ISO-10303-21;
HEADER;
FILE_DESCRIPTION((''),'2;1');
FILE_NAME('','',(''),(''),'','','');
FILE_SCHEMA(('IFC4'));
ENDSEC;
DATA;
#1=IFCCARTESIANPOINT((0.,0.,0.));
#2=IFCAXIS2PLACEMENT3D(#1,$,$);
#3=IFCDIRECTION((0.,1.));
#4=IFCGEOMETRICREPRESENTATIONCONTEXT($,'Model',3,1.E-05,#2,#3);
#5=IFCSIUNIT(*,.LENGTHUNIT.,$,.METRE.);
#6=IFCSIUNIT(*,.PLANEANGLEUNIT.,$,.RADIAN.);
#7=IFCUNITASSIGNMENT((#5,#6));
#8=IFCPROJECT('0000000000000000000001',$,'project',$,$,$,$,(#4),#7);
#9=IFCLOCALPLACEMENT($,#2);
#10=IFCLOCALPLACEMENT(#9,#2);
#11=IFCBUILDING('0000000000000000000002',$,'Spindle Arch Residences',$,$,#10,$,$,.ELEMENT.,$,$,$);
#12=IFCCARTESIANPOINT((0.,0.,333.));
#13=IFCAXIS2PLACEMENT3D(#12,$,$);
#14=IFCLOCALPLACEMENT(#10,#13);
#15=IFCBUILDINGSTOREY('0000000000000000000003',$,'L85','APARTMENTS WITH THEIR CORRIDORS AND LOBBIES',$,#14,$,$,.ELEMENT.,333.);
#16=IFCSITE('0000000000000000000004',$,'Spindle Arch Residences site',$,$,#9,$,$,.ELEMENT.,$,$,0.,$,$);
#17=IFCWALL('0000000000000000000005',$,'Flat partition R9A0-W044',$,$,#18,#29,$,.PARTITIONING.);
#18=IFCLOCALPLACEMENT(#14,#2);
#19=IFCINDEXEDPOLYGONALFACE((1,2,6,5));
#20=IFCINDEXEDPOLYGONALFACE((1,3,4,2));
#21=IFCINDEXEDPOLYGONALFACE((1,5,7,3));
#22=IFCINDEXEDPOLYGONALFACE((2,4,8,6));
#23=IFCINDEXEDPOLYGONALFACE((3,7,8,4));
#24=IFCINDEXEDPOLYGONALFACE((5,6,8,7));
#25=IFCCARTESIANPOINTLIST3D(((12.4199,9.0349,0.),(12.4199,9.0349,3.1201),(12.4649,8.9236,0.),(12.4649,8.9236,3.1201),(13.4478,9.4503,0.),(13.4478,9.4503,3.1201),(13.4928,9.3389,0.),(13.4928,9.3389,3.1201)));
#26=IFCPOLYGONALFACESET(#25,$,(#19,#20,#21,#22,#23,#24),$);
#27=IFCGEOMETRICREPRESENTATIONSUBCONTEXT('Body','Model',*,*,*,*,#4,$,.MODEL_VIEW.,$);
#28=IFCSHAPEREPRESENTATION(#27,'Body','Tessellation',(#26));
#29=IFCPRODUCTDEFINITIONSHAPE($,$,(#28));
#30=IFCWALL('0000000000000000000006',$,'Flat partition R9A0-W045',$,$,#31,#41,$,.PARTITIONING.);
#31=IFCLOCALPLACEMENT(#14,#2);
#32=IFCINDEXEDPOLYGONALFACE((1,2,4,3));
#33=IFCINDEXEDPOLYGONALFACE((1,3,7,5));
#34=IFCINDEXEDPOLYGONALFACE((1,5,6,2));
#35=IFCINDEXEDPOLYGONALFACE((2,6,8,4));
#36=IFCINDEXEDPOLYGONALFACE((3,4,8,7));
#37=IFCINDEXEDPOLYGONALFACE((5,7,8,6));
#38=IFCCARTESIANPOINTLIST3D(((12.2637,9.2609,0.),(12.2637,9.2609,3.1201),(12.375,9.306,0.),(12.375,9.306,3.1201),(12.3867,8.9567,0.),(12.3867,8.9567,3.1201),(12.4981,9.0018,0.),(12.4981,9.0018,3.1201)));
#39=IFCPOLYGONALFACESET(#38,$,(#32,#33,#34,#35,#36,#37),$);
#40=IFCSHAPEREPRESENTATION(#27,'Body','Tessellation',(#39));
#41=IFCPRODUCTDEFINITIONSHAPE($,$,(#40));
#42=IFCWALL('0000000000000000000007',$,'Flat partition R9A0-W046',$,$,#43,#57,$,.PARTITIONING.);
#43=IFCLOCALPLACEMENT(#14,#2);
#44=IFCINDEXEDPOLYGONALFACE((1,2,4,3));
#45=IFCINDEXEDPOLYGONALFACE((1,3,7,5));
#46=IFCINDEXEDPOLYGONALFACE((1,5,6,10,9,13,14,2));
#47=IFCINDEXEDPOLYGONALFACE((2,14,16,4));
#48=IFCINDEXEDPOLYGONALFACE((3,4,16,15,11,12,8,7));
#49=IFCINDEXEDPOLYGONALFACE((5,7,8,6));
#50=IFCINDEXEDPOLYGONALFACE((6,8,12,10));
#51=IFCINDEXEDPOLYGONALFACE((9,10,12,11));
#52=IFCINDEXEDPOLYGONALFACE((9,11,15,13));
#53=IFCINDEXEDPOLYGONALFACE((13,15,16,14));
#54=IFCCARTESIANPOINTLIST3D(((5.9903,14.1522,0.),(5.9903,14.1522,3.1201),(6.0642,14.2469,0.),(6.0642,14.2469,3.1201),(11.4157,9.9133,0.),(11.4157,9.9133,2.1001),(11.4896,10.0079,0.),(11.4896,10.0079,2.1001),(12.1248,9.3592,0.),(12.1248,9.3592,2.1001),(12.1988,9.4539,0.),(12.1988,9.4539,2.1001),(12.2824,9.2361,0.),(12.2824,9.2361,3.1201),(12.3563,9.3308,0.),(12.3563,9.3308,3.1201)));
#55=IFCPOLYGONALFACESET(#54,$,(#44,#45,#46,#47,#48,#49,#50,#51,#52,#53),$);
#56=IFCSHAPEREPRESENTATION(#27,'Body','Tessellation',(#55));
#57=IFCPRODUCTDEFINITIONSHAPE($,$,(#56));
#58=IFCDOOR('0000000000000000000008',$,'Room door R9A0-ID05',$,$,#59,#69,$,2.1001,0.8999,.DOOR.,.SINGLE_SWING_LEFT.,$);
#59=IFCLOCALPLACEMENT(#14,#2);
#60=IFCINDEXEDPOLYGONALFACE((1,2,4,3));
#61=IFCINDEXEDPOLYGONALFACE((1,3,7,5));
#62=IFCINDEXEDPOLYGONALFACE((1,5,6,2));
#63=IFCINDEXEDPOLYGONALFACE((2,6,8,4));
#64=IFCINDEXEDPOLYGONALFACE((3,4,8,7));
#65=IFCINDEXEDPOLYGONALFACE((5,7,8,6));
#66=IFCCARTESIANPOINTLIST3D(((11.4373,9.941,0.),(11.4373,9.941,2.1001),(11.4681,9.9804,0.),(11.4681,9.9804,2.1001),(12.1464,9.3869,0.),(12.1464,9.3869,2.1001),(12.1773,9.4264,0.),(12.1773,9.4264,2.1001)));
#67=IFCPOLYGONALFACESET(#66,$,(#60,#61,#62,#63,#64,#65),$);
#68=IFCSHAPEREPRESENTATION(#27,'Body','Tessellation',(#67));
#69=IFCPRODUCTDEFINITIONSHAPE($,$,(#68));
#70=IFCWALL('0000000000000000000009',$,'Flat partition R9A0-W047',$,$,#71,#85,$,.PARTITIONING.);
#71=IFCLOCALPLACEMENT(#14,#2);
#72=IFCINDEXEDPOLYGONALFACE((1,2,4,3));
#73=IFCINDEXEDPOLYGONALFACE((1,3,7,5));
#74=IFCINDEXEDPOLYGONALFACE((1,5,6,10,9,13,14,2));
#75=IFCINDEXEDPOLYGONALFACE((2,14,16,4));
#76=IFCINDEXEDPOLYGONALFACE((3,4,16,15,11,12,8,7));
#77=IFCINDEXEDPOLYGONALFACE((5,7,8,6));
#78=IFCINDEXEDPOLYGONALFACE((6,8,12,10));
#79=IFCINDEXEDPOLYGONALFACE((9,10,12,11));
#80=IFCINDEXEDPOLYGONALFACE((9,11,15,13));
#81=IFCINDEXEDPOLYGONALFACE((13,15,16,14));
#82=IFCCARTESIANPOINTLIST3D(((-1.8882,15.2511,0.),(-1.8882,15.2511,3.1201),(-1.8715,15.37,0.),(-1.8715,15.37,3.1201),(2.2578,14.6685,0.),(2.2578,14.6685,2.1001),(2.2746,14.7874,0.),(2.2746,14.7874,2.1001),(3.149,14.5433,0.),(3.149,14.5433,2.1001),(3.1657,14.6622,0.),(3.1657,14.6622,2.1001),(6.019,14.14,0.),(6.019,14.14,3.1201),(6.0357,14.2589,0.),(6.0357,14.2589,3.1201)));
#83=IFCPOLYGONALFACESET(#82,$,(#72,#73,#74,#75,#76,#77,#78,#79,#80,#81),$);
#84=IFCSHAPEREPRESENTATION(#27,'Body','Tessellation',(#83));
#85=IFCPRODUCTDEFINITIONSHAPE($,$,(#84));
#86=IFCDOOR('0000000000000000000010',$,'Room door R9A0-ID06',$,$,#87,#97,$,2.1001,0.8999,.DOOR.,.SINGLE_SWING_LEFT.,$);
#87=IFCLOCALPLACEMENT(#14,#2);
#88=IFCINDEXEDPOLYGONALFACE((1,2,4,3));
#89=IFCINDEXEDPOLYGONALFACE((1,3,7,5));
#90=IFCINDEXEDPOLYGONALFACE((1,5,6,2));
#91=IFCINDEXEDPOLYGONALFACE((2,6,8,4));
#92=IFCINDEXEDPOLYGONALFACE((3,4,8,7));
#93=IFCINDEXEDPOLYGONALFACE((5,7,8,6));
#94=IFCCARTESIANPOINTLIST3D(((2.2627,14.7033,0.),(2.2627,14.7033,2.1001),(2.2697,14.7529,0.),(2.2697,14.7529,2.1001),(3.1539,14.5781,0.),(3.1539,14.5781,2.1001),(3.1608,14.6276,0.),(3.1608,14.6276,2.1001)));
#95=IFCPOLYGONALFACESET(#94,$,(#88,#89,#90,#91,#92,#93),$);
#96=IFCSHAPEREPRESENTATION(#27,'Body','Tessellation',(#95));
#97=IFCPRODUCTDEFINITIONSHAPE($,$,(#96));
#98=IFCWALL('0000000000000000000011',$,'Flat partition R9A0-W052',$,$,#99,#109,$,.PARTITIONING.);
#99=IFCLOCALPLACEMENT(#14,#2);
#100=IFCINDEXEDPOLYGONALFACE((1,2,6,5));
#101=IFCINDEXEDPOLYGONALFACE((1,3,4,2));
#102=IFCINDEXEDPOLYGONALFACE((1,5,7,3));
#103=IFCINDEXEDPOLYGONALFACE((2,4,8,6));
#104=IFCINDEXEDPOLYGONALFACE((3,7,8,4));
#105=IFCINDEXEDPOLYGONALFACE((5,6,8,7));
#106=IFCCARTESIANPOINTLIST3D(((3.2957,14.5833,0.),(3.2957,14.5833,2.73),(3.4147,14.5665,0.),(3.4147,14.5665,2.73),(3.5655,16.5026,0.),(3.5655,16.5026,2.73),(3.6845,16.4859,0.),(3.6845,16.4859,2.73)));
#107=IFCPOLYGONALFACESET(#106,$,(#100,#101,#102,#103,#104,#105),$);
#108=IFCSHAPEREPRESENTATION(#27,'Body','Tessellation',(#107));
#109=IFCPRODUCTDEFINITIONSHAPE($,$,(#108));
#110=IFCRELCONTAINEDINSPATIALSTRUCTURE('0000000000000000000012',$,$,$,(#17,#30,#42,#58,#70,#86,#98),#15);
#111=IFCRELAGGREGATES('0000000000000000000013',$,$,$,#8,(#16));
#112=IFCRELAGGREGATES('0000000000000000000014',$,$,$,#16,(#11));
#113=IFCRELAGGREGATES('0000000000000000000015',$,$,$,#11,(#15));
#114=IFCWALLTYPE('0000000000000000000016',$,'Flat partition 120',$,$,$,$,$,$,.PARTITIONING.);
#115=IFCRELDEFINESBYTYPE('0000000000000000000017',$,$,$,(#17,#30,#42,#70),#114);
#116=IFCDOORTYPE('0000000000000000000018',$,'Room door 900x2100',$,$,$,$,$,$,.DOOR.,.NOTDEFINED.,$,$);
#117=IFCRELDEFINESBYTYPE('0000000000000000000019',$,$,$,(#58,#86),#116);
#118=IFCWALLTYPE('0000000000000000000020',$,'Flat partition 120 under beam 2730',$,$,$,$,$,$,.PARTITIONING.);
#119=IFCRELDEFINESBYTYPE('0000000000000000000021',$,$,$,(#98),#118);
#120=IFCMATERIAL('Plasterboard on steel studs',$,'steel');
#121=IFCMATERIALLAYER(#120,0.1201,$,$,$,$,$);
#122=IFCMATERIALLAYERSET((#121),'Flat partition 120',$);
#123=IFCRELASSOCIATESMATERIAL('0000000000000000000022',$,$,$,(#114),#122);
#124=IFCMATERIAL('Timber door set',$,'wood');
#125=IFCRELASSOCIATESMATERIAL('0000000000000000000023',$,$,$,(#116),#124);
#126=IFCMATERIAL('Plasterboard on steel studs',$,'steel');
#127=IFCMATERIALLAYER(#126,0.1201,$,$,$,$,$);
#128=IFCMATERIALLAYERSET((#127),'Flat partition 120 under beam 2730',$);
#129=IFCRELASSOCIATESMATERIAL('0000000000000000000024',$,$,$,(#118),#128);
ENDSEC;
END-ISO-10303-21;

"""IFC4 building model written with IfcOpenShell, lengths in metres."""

from ifc_helpers import new_model, si_unit, direction, frame, frame_2d, origin, place, context, subcontext, project, spatial, rectangle, extrude, material, layer, layer_set, type_object, element, fill, save


model = new_model("IFC4")

# Units and contexts
model_context = context("Model", 3, precision=1e-05, world=origin(), true_north=direction((0.0, 1.0)))
body_context = subcontext(model_context, "Body", "Model", "MODEL_VIEW")
ifc_project = project(units=[si_unit("LENGTHUNIT", "METRE"), si_unit("PLANEANGLEUNIT", "RADIAN")], contexts=[model_context])

# Site, building, storey
site_placement = place(None, origin())
site = spatial("IfcSite", under=ifc_project, at=site_placement, Name="Spindle Arch Residences site", CompositionType="ELEMENT", RefElevation=0.0)
building_placement = place(site_placement, origin())
building = spatial("IfcBuilding", under=site, at=building_placement, Name="Spindle Arch Residences", CompositionType="ELEMENT")
storey_placement = place(building_placement, frame((0.0, 0.0, 333.0)))
storey = spatial("IfcBuildingStorey", under=building, at=storey_placement, Name="L85", Description="APARTMENTS WITH THEIR CORRIDORS AND LOBBIES", CompositionType="ELEMENT", Elevation=333.0)

# Walls
ifc_material_1 = material(Name="Plasterboard on steel studs", Category="steel")
ifc_layer_1 = layer(ifc_material_1, 0.1201)
ifc_layer_set_1 = layer_set([ifc_layer_1], Name="Flat partition 120")
wall_type_1 = type_object("IfcWallType", Name="Flat partition 120", PredefinedType="PARTITIONING", material=ifc_layer_set_1)
wall_1_placement = place(storey_placement, frame((13.4702, 9.3945, 0.0), z_axis=(0.0, 0.0, 1.0), x_axis=(-0.92718, -0.374616, 0.0)))
element("IfcWall", 1, at=wall_1_placement, inside=storey, type_object=wall_type_1, Name="Flat partition R9A0-W044", PredefinedType="PARTITIONING", context=body_context, shape_type="SweptSolid", body=[
    extrude(rectangle(XDim=1.1086, YDim=0.1201, at=frame_2d((0.5542, 0.0))), origin(), (0.0, 0.0, 1.0), 3.1201),
])
wall_2_placement = place(storey_placement, frame((12.4424, 8.9792, 0.0), z_axis=(0.0, 0.0, 1.0), x_axis=(-0.37498, 0.927033, 0.0)))
element("IfcWall", 2, at=wall_2_placement, inside=storey, type_object=wall_type_1, Name="Flat partition R9A0-W045", PredefinedType="PARTITIONING", context=body_context, shape_type="SweptSolid", body=[
    extrude(rectangle(XDim=0.3281, YDim=0.1201, at=frame_2d((0.1641, 0.0))), origin(), (0.0, 0.0, 1.0), 3.1201),
])

# Walls, openings, doors
wall_3_placement = place(storey_placement, frame((12.3193, 9.2834, 0.0), z_axis=(0.0, 0.0, 1.0), x_axis=(-0.788, 0.615675, 0.0)))
wall_3 = element("IfcWall", 3, at=wall_3_placement, inside=storey, type_object=wall_type_1, Name="Flat partition R9A0-W046", PredefinedType="PARTITIONING", context=body_context, shape_type="SweptSolid", body=[
    extrude(rectangle(XDim=7.9849, YDim=0.1201, at=frame_2d((3.9924, 0.0))), origin(), (0.0, 0.0, 1.0), 3.1201),
])
opening_1_placement = place(wall_3_placement, frame((0.2, 0.0, 0.0)))
opening_1 = element("IfcOpeningElement", 4, at=opening_1_placement, cuts=wall_3, PredefinedType="OPENING", context=body_context, shape_type="SweptSolid", body=[
    extrude(rectangle(XDim=0.8999, YDim=2.1001, at=frame_2d((0.45, 1.05))), frame((0.0, 0.0701, 0.0), z_axis=(0.0, -1.0, 0.0), x_axis=(1.0, 0.0, 0.0)), (0.0, 0.0, 1.0), 0.1401),
])
ifc_material_2 = material(Name="Timber door set", Category="wood")
door_type_1 = type_object("IfcDoorType", Name="Room door 900x2100", OperationType="NOTDEFINED", PredefinedType="DOOR", material=ifc_material_2)
door_1_placement = place(opening_1_placement, origin())
door_1 = element("IfcDoor", 5, at=door_1_placement, inside=storey, type_object=door_type_1, Name="Room door R9A0-ID05", OperationType="SINGLE_SWING_LEFT", OverallHeight=2.1001, OverallWidth=0.8999, PredefinedType="DOOR", context=body_context, shape_type="SweptSolid", body=[
    extrude(rectangle(XDim=0.8999, YDim=2.1001, at=frame_2d((0.45, 1.05))), frame((0.0, 0.0249, 0.0), z_axis=(0.0, -1.0, 0.0), x_axis=(1.0, 0.0, 0.0)), (0.0, 0.0, 1.0), 0.05),
])
fill(opening_1, door_1)
wall_4_placement = place(storey_placement, frame((6.0273, 14.1995, 0.0), z_axis=(0.0, 0.0, 1.0), x_axis=(-0.990272, 0.139148, 0.0)))
wall_4 = element("IfcWall", 6, at=wall_4_placement, inside=storey, type_object=wall_type_1, Name="Flat partition R9A0-W047", PredefinedType="PARTITIONING", context=body_context, shape_type="SweptSolid", body=[
    extrude(rectangle(XDim=7.9849, YDim=0.1201, at=frame_2d((3.9924, 0.0))), origin(), (0.0, 0.0, 1.0), 3.1201),
])
opening_2_placement = place(wall_4_placement, frame((2.8982, 0.0, 0.0)))
opening_2 = element("IfcOpeningElement", 7, at=opening_2_placement, cuts=wall_4, PredefinedType="OPENING", context=body_context, shape_type="SweptSolid", body=[
    extrude(rectangle(XDim=0.8999, YDim=2.1001, at=frame_2d((0.45, 1.05))), frame((0.0, 0.0701, 0.0), z_axis=(0.0, -1.0, 0.0), x_axis=(1.0, 0.0, 0.0)), (0.0, 0.0, 1.0), 0.1401),
])
door_2_placement = place(opening_2_placement, origin())
door_2 = element("IfcDoor", 8, at=door_2_placement, inside=storey, type_object=door_type_1, Name="Room door R9A0-ID06", OperationType="SINGLE_SWING_LEFT", OverallHeight=2.1001, OverallWidth=0.8999, PredefinedType="DOOR", context=body_context, shape_type="SweptSolid", body=[
    extrude(rectangle(XDim=0.8999, YDim=2.1001, at=frame_2d((0.45, 1.05))), frame((0.0, 0.0249, 0.0), z_axis=(0.0, -1.0, 0.0), x_axis=(1.0, 0.0, 0.0)), (0.0, 0.0, 1.0), 0.05),
])
fill(opening_2, door_2)

# Wall
ifc_material_3 = material(Name="Plasterboard on steel studs", Category="steel")
ifc_layer_2 = layer(ifc_material_3, 0.1201)
ifc_layer_set_2 = layer_set([ifc_layer_2], Name="Flat partition 120 under beam 2730")
wall_type_2 = type_object("IfcWallType", Name="Flat partition 120 under beam 2730", PredefinedType="PARTITIONING", material=ifc_layer_set_2)
wall_5_placement = place(storey_placement, frame((3.625, 16.4944, 0.0), z_axis=(0.0, 0.0, 1.0), x_axis=(-0.139181, -0.990267, 0.0)))
element("IfcWall", 9, at=wall_5_placement, inside=storey, type_object=wall_type_2, Name="Flat partition R9A0-W052", PredefinedType="PARTITIONING", context=body_context, shape_type="SweptSolid", body=[
    extrude(rectangle(XDim=1.9382, YDim=0.1201, at=frame_2d((0.9692, 0.0))), origin(), (0.0, 0.0, 1.0), 2.73),
])

save(model, "model.ifc")
